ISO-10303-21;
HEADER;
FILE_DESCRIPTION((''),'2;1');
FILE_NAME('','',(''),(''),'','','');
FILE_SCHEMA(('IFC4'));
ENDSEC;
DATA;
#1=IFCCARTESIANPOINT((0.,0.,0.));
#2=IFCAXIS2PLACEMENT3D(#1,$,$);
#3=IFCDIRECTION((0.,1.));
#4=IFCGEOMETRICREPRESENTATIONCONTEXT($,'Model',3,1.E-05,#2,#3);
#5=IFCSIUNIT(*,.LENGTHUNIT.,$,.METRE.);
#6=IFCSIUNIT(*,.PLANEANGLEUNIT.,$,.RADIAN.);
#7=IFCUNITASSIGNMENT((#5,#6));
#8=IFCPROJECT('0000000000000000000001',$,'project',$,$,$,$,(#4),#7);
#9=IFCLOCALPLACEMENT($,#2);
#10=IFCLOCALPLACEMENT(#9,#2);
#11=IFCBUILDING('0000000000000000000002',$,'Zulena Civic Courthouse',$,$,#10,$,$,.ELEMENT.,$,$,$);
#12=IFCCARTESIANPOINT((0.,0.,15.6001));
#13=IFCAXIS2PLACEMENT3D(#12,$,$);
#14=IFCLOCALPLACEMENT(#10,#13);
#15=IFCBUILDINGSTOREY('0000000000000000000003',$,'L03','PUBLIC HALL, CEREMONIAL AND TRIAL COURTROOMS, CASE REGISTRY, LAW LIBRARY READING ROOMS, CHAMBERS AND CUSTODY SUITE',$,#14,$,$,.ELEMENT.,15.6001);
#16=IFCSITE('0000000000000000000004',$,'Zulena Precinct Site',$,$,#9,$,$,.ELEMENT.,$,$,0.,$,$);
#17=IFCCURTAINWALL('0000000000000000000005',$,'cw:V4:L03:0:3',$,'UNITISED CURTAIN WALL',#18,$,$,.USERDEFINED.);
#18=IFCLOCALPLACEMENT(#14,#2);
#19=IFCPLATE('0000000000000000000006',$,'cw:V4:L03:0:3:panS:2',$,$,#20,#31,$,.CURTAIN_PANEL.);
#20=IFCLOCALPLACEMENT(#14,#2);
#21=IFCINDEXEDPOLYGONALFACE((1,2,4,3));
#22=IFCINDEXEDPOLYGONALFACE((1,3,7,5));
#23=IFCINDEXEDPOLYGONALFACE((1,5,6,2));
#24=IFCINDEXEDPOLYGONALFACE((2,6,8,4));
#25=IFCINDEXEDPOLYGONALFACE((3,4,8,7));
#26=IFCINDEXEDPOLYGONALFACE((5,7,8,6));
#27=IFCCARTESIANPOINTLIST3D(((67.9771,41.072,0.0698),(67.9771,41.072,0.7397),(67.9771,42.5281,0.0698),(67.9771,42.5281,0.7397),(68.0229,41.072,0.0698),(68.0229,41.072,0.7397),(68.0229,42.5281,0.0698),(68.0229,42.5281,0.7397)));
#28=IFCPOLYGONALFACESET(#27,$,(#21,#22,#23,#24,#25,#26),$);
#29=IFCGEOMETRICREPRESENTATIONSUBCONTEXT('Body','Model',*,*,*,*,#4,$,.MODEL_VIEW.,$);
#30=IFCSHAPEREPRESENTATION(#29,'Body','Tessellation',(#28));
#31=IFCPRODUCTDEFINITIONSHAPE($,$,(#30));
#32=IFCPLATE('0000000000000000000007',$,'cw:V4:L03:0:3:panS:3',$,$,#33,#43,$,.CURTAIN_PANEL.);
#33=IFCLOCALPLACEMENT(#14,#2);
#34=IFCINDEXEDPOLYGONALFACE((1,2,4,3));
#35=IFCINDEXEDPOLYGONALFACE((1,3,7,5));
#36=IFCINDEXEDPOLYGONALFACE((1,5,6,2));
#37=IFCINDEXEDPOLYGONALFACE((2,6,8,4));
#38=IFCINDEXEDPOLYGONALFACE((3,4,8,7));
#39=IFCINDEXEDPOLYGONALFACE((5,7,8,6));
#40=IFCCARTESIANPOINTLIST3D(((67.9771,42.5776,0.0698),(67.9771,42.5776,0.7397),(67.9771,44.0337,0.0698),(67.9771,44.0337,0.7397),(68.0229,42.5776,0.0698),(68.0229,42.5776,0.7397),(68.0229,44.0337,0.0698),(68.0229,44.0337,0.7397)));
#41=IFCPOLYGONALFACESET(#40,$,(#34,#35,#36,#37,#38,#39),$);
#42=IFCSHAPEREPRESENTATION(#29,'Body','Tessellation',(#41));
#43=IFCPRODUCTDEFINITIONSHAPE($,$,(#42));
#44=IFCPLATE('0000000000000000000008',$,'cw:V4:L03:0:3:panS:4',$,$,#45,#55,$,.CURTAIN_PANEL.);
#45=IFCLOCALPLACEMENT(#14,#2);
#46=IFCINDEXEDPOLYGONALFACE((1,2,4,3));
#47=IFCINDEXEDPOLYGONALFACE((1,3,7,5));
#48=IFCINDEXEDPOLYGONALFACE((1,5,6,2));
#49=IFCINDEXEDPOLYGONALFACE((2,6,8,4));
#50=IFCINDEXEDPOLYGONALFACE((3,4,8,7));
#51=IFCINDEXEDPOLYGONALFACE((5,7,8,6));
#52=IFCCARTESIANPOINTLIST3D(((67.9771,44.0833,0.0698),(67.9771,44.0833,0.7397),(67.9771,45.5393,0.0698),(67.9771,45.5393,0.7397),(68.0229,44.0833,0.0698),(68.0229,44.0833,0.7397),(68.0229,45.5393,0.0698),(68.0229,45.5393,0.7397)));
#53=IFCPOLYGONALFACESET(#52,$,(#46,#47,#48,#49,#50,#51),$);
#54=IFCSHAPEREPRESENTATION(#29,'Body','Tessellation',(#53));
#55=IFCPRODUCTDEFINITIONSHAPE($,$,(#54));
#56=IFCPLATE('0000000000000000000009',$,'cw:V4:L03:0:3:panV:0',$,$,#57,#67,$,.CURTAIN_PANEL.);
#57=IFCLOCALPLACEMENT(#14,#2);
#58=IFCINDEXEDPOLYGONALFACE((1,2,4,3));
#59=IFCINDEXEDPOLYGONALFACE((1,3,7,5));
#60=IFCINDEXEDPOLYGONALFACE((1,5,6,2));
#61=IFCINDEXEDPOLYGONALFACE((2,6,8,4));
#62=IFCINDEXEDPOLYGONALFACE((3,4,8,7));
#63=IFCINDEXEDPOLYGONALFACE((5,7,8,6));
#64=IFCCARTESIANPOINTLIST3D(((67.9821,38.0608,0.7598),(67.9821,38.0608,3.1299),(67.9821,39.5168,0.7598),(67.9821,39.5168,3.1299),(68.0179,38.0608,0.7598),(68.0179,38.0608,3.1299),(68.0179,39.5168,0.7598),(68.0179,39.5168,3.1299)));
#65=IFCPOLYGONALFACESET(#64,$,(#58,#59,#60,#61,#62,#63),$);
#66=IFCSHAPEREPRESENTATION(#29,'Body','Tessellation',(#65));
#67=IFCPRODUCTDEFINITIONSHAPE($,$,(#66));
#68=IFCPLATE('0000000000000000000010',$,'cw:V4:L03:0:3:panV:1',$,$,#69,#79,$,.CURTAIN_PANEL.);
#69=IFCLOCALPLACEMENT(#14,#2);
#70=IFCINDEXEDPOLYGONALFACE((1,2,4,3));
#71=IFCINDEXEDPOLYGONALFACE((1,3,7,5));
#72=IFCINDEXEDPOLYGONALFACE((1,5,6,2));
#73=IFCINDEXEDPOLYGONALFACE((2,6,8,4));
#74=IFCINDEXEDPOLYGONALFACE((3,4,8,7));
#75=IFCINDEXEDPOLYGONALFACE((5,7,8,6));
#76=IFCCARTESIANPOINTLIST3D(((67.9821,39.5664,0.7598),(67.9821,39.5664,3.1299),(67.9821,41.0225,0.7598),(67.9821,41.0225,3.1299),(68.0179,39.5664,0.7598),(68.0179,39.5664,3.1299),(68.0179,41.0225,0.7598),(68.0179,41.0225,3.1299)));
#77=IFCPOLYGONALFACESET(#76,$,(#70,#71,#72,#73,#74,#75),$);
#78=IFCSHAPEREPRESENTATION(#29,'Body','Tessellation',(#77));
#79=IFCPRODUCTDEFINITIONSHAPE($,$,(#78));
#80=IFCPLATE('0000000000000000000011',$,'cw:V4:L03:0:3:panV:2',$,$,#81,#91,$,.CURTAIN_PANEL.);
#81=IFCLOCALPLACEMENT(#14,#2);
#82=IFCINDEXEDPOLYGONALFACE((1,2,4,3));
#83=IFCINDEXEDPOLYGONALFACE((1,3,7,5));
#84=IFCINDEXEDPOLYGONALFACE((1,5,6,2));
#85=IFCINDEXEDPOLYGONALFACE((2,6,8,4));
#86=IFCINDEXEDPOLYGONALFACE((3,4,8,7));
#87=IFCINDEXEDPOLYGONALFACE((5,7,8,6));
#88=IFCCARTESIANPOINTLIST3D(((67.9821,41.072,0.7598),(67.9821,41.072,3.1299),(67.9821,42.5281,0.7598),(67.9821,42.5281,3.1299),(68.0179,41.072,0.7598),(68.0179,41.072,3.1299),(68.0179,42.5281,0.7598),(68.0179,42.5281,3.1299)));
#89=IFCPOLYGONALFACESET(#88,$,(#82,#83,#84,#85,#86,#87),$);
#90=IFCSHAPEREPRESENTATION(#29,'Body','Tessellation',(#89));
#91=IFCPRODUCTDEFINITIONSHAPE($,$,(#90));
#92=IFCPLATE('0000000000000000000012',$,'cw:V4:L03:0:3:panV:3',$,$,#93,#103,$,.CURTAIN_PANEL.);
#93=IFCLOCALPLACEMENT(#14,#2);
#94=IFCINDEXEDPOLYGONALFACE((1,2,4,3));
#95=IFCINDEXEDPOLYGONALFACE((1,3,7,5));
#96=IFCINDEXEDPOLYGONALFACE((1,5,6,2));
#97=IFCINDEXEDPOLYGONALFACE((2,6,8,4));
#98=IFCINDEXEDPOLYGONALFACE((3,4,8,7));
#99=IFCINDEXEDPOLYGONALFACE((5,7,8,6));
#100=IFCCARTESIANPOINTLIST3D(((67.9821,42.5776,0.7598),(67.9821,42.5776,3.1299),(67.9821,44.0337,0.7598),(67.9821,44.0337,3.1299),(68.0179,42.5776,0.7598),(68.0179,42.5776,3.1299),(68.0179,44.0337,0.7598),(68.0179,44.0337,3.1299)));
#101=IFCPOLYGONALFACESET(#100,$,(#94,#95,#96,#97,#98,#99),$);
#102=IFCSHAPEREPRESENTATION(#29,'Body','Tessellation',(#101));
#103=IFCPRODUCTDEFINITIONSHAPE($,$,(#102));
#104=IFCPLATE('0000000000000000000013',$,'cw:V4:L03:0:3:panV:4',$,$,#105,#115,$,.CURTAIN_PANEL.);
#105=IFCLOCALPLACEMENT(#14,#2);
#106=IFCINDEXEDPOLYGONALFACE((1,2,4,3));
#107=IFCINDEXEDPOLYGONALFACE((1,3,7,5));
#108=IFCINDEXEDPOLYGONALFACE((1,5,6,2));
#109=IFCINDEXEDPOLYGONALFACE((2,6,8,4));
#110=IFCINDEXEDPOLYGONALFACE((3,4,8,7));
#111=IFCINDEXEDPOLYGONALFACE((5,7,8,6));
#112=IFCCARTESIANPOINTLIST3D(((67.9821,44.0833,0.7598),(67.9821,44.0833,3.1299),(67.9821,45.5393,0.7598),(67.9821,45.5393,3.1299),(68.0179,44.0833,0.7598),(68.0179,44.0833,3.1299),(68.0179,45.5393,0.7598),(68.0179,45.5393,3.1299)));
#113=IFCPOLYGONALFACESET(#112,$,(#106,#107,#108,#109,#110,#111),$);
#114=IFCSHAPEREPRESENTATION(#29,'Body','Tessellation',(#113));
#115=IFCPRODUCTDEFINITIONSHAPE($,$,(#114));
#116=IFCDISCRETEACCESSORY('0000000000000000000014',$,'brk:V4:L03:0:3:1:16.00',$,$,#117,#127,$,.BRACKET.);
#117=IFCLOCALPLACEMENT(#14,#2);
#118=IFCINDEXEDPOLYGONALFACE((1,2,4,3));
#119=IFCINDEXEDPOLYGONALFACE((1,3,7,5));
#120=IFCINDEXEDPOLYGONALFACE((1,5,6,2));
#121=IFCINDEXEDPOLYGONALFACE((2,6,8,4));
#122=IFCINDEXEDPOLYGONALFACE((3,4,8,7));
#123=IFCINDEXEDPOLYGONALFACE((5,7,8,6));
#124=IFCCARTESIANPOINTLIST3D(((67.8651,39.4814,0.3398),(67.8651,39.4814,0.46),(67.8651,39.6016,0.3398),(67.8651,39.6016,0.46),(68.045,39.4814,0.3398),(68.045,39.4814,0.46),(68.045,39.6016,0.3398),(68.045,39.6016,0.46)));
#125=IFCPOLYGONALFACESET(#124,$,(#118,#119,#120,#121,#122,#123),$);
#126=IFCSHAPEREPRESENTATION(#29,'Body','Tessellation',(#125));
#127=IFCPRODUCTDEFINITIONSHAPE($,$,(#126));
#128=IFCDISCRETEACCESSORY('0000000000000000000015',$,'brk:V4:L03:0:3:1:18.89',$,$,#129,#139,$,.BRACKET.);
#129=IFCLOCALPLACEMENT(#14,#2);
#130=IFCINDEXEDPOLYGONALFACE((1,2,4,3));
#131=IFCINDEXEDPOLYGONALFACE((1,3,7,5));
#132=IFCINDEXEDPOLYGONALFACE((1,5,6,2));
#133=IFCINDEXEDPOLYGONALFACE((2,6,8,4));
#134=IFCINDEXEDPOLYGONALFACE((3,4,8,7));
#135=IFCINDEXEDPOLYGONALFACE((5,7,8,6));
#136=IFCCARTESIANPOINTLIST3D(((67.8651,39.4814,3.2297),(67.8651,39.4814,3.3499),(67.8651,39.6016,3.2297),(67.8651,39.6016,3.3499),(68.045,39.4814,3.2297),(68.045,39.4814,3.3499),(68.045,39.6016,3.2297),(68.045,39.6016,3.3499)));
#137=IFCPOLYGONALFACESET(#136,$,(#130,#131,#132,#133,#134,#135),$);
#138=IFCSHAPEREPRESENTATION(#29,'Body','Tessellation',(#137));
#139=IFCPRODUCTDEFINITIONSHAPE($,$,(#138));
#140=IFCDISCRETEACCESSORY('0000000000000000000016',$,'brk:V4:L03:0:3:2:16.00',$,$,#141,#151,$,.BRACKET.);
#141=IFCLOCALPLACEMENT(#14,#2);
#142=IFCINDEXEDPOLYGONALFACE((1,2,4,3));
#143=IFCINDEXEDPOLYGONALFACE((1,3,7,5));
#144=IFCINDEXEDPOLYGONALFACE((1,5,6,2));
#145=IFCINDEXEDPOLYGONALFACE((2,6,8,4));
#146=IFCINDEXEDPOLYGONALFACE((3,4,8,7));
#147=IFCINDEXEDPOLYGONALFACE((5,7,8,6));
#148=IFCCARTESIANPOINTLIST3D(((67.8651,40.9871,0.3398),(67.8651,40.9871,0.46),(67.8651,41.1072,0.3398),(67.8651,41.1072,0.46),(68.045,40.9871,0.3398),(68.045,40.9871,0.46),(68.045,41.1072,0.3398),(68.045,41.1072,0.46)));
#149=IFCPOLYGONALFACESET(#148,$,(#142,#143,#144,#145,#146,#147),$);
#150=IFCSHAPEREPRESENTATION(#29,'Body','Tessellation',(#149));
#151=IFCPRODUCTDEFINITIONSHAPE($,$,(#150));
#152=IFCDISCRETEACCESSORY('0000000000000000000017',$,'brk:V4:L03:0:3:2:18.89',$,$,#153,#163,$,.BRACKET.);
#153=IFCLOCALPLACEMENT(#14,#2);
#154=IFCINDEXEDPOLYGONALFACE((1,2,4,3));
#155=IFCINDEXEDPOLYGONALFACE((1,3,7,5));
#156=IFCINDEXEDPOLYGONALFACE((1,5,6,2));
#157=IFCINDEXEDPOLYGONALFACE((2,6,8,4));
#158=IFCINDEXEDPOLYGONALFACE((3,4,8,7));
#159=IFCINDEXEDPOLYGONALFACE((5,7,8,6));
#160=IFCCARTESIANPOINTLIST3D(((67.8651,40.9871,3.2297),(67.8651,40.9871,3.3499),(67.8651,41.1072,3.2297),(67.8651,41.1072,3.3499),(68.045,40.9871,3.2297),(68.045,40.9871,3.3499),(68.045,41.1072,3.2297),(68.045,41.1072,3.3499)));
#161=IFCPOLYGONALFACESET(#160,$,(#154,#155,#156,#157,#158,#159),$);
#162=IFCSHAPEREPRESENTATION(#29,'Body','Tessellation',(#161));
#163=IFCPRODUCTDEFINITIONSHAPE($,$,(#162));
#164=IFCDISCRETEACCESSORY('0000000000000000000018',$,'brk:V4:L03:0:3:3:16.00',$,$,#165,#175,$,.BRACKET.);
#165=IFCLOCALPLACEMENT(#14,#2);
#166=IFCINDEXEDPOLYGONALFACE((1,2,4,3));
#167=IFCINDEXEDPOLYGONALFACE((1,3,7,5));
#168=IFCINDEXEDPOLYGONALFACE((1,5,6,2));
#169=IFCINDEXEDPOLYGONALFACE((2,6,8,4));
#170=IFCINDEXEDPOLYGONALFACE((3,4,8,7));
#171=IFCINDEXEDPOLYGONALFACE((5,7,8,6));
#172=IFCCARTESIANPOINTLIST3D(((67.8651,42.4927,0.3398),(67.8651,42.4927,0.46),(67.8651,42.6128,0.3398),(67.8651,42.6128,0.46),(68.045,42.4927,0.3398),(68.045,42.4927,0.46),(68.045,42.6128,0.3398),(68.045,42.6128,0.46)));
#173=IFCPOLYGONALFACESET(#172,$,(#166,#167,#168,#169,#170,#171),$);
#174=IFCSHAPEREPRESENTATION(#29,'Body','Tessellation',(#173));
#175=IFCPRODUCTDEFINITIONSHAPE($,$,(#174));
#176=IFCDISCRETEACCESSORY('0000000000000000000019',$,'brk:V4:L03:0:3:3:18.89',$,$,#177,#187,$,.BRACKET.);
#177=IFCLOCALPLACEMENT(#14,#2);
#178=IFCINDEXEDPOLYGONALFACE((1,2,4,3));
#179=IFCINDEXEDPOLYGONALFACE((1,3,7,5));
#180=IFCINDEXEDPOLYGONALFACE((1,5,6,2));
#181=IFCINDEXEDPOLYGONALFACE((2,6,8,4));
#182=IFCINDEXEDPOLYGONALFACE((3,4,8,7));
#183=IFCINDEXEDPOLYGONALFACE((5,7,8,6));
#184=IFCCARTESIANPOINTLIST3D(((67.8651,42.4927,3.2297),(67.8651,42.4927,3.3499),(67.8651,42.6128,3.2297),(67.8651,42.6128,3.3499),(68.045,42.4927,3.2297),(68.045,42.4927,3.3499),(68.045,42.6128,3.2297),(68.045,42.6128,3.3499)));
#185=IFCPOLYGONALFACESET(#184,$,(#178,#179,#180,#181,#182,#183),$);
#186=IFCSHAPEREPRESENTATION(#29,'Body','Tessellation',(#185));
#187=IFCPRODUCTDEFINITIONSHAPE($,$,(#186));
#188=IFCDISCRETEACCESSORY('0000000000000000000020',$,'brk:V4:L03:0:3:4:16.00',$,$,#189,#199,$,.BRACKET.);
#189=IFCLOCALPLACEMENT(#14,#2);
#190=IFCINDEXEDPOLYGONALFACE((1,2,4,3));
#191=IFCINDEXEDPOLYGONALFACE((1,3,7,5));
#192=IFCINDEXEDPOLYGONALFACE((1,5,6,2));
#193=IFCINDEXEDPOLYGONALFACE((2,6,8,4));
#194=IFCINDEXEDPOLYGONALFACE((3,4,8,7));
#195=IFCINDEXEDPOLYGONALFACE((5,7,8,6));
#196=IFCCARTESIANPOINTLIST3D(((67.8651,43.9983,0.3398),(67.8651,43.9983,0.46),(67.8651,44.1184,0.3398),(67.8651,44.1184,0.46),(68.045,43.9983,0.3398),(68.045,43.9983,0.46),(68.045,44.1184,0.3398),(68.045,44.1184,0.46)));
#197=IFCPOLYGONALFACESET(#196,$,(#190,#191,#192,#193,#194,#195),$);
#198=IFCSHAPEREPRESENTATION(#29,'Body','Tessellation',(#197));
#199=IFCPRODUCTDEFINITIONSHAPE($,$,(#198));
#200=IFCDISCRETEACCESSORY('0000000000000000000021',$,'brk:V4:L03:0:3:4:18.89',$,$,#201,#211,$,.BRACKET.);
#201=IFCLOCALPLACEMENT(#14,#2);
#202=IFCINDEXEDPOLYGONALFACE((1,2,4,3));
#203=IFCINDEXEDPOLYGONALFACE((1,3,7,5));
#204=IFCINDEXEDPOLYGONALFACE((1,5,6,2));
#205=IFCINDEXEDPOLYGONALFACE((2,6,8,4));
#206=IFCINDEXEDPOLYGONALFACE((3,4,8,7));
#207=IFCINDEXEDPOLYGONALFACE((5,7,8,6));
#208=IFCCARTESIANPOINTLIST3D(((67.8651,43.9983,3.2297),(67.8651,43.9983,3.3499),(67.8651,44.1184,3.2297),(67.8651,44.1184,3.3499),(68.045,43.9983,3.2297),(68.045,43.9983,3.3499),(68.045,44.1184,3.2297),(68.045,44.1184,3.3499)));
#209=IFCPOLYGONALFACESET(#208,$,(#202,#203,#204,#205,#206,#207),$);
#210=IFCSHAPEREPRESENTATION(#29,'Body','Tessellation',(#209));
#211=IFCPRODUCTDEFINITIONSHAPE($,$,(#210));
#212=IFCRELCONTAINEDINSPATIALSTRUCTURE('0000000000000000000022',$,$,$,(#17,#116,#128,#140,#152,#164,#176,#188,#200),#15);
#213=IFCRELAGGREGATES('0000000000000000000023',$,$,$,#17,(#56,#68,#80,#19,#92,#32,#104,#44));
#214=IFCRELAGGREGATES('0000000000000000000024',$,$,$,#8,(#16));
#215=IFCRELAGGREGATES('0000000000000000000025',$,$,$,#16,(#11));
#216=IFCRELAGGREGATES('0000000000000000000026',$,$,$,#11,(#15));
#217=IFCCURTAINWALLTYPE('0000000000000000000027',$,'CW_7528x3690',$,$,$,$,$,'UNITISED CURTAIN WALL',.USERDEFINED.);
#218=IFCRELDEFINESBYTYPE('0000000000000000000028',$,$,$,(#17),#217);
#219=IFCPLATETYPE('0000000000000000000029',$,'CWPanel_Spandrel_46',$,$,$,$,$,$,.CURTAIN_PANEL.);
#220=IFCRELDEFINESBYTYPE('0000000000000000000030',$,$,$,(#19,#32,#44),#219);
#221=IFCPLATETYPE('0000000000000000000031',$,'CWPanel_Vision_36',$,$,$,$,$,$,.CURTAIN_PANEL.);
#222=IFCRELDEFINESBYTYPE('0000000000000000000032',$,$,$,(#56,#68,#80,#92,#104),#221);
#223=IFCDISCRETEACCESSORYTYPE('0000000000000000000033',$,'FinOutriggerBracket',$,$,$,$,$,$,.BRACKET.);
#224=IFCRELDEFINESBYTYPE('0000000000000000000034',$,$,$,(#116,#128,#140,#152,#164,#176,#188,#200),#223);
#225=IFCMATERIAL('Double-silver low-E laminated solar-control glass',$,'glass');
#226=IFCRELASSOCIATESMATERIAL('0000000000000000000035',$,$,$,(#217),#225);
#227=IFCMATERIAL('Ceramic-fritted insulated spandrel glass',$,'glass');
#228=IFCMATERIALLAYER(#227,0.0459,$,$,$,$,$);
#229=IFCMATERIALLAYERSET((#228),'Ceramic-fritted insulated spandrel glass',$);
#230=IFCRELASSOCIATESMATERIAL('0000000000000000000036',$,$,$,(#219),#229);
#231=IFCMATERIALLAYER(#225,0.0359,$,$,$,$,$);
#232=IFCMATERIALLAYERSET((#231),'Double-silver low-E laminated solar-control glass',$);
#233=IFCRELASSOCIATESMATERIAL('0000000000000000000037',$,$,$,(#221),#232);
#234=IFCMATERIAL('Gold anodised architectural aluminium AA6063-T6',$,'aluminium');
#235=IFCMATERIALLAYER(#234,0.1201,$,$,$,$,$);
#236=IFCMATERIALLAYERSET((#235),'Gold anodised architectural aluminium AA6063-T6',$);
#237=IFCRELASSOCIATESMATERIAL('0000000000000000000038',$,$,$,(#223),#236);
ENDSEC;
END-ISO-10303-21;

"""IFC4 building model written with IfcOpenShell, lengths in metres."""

from ifc_helpers import new_model, si_unit, direction, frame, origin, origin_2d, place, context, subcontext, project, spatial, rectangle, extrude, material, layer, layer_set, type_object, element, aggregate, save


model = new_model("IFC4")

# Units and contexts
model_context = context("Model", 3, precision=1e-05, world=origin(), true_north=direction((0.0, 1.0)))
body_context = subcontext(model_context, "Body", "Model", "MODEL_VIEW")
ifc_project = project(units=[si_unit("LENGTHUNIT", "METRE"), si_unit("PLANEANGLEUNIT", "RADIAN")], contexts=[model_context])

# Site, building, storey
site_placement = place(None, origin())
site = spatial("IfcSite", under=ifc_project, at=site_placement, Name="Zulena Precinct Site", CompositionType="ELEMENT", RefElevation=0.0)
building_placement = place(site_placement, origin())
building = spatial("IfcBuilding", under=site, at=building_placement, Name="Zulena Civic Courthouse", CompositionType="ELEMENT")
storey_placement = place(building_placement, frame((0.0, 0.0, 15.6001)))
storey = spatial("IfcBuildingStorey", under=building, at=storey_placement, Name="L03", Description="PUBLIC HALL, CEREMONIAL AND TRIAL COURTROOMS, CASE REGISTRY, LAW LIBRARY READING ROOMS, CHAMBERS AND CUSTODY SUITE", CompositionType="ELEMENT", Elevation=15.6001)

# Curtain wall
ifc_material_1 = material(Name="Double-silver low-E laminated solar-control glass", Category="glass")
curtain_wall_type_1 = type_object("IfcCurtainWallType", Name="CW_7528x3690", ElementType="UNITISED CURTAIN WALL", PredefinedType="USERDEFINED", material=ifc_material_1)
curtain_wall_1_placement = place(storey_placement, origin())
curtain_wall_1 = element("IfcCurtainWall", 1, at=curtain_wall_1_placement, inside=storey, type_object=curtain_wall_type_1, Name="cw:V4:L03:0:3", ObjectType="UNITISED CURTAIN WALL", PredefinedType="USERDEFINED")

# Plates
ifc_material_2 = material(Name="Ceramic-fritted insulated spandrel glass", Category="glass")
ifc_layer_1 = layer(ifc_material_2, 0.0459)
ifc_layer_set_1 = layer_set([ifc_layer_1], Name="Ceramic-fritted insulated spandrel glass")
plate_type_1 = type_object("IfcPlateType", Name="CWPanel_Spandrel_46", PredefinedType="CURTAIN_PANEL", material=ifc_layer_set_1)
plate_1_placement = place(storey_placement, frame((68.0, 41.8, 0.0698), z_axis=(0.0, 0.0, 1.0), x_axis=(0.0, 1.0, 0.0)))
plate_1 = element("IfcPlate", 2, at=plate_1_placement, type_object=plate_type_1, Name="cw:V4:L03:0:3:panS:2", PredefinedType="CURTAIN_PANEL", context=body_context, shape_type="SweptSolid", body=[
    extrude(rectangle(XDim=1.4561, YDim=0.0459, at=origin_2d()), origin(), (0.0, 0.0, 1.0), 0.6699),
])
plate_2_placement = place(storey_placement, frame((68.0, 43.3057, 0.0698), z_axis=(0.0, 0.0, 1.0), x_axis=(0.0, 1.0, 0.0)))
plate_2 = element("IfcPlate", 3, at=plate_2_placement, type_object=plate_type_1, Name="cw:V4:L03:0:3:panS:3", PredefinedType="CURTAIN_PANEL", context=body_context, shape_type="SweptSolid", body=[
    extrude(rectangle(XDim=1.4561, YDim=0.0459, at=origin_2d()), origin(), (0.0, 0.0, 1.0), 0.6699),
])
plate_3_placement = place(storey_placement, frame((68.0, 44.8113, 0.0698), z_axis=(0.0, 0.0, 1.0), x_axis=(0.0, 1.0, 0.0)))
plate_3 = element("IfcPlate", 4, at=plate_3_placement, type_object=plate_type_1, Name="cw:V4:L03:0:3:panS:4", PredefinedType="CURTAIN_PANEL", context=body_context, shape_type="SweptSolid", body=[
    extrude(rectangle(XDim=1.4561, YDim=0.0459, at=origin_2d()), origin(), (0.0, 0.0, 1.0), 0.6699),
])
ifc_layer_2 = layer(ifc_material_1, 0.0359)
ifc_layer_set_2 = layer_set([ifc_layer_2], Name="Double-silver low-E laminated solar-control glass")
plate_type_2 = type_object("IfcPlateType", Name="CWPanel_Vision_36", PredefinedType="CURTAIN_PANEL", material=ifc_layer_set_2)
plate_4_placement = place(storey_placement, frame((68.0, 38.7888, 0.7598), z_axis=(0.0, 0.0, 1.0), x_axis=(0.0, 1.0, 0.0)))
plate_4 = element("IfcPlate", 5, at=plate_4_placement, type_object=plate_type_2, Name="cw:V4:L03:0:3:panV:0", PredefinedType="CURTAIN_PANEL", context=body_context, shape_type="SweptSolid", body=[
    extrude(rectangle(XDim=1.4561, YDim=0.0359, at=origin_2d()), origin(), (0.0, 0.0, 1.0), 2.3701),
])
plate_5_placement = place(storey_placement, frame((68.0, 40.2944, 0.7598), z_axis=(0.0, 0.0, 1.0), x_axis=(0.0, 1.0, 0.0)))
plate_5 = element("IfcPlate", 6, at=plate_5_placement, type_object=plate_type_2, Name="cw:V4:L03:0:3:panV:1", PredefinedType="CURTAIN_PANEL", context=body_context, shape_type="SweptSolid", body=[
    extrude(rectangle(XDim=1.4561, YDim=0.0359, at=origin_2d()), origin(), (0.0, 0.0, 1.0), 2.3701),
])
plate_6_placement = place(storey_placement, frame((68.0, 41.8, 0.7598), z_axis=(0.0, 0.0, 1.0), x_axis=(0.0, 1.0, 0.0)))
plate_6 = element("IfcPlate", 7, at=plate_6_placement, type_object=plate_type_2, Name="cw:V4:L03:0:3:panV:2", PredefinedType="CURTAIN_PANEL", context=body_context, shape_type="SweptSolid", body=[
    extrude(rectangle(XDim=1.4561, YDim=0.0359, at=origin_2d()), origin(), (0.0, 0.0, 1.0), 2.3701),
])
plate_7_placement = place(storey_placement, frame((68.0, 43.3057, 0.7598), z_axis=(0.0, 0.0, 1.0), x_axis=(0.0, 1.0, 0.0)))
plate_7 = element("IfcPlate", 8, at=plate_7_placement, type_object=plate_type_2, Name="cw:V4:L03:0:3:panV:3", PredefinedType="CURTAIN_PANEL", context=body_context, shape_type="SweptSolid", body=[
    extrude(rectangle(XDim=1.4561, YDim=0.0359, at=origin_2d()), origin(), (0.0, 0.0, 1.0), 2.3701),
])
plate_8_placement = place(storey_placement, frame((68.0, 44.8113, 0.7598), z_axis=(0.0, 0.0, 1.0), x_axis=(0.0, 1.0, 0.0)))
plate_8 = element("IfcPlate", 9, at=plate_8_placement, type_object=plate_type_2, Name="cw:V4:L03:0:3:panV:4", PredefinedType="CURTAIN_PANEL", context=body_context, shape_type="SweptSolid", body=[
    extrude(rectangle(XDim=1.4561, YDim=0.0359, at=origin_2d()), origin(), (0.0, 0.0, 1.0), 2.3701),
])
aggregate(curtain_wall_1, [plate_4, plate_5, plate_6, plate_1, plate_7, plate_2, plate_8, plate_3])

# Discrete accessories
ifc_material_3 = material(Name="Gold anodised architectural aluminium AA6063-T6", Category="aluminium")
ifc_layer_3 = layer(ifc_material_3, 0.1201)
ifc_layer_set_3 = layer_set([ifc_layer_3], Name="Gold anodised architectural aluminium AA6063-T6")
discrete_accessory_type = type_object("IfcDiscreteAccessoryType", Name="FinOutriggerBracket", PredefinedType="BRACKET", material=ifc_layer_set_3)
for number, where, z_axis, x_axis, name in (
    (10, (67.9551, 39.5415, 0.3398), (0.0, 0.0, 1.0), (-1.0, 0.0, 0.0), "brk:V4:L03:0:3:1:16.00"),
    (11, (67.9551, 39.5415, 3.2297), (0.0, 0.0, 1.0), (-1.0, 0.0, 0.0), "brk:V4:L03:0:3:1:18.89"),
    (12, (67.9551, 41.0471, 0.3398), (0.0, 0.0, 1.0), (-1.0, 0.0, 0.0), "brk:V4:L03:0:3:2:16.00"),
    (13, (67.9551, 41.0471, 3.2297), (0.0, 0.0, 1.0), (-1.0, 0.0, 0.0), "brk:V4:L03:0:3:2:18.89"),
    (14, (67.9551, 42.5527, 0.3398), (0.0, 0.0, 1.0), (-1.0, 0.0, 0.0), "brk:V4:L03:0:3:3:16.00"),
    (15, (67.9551, 42.5527, 3.2297), (0.0, 0.0, 1.0), (-1.0, 0.0, 0.0), "brk:V4:L03:0:3:3:18.89"),
    (16, (67.9551, 44.0583, 0.3398), (0.0, 0.0, 1.0), (-1.0, 0.0, 0.0), "brk:V4:L03:0:3:4:16.00"),
    (17, (67.9551, 44.0583, 3.2297), (0.0, 0.0, 1.0), (-1.0, 0.0, 0.0), "brk:V4:L03:0:3:4:18.89"),
):
    element("IfcDiscreteAccessory", number, at=place(storey_placement, frame(where, z_axis=z_axis, x_axis=x_axis)), inside=storey, type_object=discrete_accessory_type, Name=name, PredefinedType="BRACKET", context=body_context, shape_type="SweptSolid", body=[
        extrude(rectangle(XDim=0.1799, YDim=0.1201, at=origin_2d()), origin(), (0.0, 0.0, 1.0), 0.1201),
    ])

save(model, "model.ifc")
